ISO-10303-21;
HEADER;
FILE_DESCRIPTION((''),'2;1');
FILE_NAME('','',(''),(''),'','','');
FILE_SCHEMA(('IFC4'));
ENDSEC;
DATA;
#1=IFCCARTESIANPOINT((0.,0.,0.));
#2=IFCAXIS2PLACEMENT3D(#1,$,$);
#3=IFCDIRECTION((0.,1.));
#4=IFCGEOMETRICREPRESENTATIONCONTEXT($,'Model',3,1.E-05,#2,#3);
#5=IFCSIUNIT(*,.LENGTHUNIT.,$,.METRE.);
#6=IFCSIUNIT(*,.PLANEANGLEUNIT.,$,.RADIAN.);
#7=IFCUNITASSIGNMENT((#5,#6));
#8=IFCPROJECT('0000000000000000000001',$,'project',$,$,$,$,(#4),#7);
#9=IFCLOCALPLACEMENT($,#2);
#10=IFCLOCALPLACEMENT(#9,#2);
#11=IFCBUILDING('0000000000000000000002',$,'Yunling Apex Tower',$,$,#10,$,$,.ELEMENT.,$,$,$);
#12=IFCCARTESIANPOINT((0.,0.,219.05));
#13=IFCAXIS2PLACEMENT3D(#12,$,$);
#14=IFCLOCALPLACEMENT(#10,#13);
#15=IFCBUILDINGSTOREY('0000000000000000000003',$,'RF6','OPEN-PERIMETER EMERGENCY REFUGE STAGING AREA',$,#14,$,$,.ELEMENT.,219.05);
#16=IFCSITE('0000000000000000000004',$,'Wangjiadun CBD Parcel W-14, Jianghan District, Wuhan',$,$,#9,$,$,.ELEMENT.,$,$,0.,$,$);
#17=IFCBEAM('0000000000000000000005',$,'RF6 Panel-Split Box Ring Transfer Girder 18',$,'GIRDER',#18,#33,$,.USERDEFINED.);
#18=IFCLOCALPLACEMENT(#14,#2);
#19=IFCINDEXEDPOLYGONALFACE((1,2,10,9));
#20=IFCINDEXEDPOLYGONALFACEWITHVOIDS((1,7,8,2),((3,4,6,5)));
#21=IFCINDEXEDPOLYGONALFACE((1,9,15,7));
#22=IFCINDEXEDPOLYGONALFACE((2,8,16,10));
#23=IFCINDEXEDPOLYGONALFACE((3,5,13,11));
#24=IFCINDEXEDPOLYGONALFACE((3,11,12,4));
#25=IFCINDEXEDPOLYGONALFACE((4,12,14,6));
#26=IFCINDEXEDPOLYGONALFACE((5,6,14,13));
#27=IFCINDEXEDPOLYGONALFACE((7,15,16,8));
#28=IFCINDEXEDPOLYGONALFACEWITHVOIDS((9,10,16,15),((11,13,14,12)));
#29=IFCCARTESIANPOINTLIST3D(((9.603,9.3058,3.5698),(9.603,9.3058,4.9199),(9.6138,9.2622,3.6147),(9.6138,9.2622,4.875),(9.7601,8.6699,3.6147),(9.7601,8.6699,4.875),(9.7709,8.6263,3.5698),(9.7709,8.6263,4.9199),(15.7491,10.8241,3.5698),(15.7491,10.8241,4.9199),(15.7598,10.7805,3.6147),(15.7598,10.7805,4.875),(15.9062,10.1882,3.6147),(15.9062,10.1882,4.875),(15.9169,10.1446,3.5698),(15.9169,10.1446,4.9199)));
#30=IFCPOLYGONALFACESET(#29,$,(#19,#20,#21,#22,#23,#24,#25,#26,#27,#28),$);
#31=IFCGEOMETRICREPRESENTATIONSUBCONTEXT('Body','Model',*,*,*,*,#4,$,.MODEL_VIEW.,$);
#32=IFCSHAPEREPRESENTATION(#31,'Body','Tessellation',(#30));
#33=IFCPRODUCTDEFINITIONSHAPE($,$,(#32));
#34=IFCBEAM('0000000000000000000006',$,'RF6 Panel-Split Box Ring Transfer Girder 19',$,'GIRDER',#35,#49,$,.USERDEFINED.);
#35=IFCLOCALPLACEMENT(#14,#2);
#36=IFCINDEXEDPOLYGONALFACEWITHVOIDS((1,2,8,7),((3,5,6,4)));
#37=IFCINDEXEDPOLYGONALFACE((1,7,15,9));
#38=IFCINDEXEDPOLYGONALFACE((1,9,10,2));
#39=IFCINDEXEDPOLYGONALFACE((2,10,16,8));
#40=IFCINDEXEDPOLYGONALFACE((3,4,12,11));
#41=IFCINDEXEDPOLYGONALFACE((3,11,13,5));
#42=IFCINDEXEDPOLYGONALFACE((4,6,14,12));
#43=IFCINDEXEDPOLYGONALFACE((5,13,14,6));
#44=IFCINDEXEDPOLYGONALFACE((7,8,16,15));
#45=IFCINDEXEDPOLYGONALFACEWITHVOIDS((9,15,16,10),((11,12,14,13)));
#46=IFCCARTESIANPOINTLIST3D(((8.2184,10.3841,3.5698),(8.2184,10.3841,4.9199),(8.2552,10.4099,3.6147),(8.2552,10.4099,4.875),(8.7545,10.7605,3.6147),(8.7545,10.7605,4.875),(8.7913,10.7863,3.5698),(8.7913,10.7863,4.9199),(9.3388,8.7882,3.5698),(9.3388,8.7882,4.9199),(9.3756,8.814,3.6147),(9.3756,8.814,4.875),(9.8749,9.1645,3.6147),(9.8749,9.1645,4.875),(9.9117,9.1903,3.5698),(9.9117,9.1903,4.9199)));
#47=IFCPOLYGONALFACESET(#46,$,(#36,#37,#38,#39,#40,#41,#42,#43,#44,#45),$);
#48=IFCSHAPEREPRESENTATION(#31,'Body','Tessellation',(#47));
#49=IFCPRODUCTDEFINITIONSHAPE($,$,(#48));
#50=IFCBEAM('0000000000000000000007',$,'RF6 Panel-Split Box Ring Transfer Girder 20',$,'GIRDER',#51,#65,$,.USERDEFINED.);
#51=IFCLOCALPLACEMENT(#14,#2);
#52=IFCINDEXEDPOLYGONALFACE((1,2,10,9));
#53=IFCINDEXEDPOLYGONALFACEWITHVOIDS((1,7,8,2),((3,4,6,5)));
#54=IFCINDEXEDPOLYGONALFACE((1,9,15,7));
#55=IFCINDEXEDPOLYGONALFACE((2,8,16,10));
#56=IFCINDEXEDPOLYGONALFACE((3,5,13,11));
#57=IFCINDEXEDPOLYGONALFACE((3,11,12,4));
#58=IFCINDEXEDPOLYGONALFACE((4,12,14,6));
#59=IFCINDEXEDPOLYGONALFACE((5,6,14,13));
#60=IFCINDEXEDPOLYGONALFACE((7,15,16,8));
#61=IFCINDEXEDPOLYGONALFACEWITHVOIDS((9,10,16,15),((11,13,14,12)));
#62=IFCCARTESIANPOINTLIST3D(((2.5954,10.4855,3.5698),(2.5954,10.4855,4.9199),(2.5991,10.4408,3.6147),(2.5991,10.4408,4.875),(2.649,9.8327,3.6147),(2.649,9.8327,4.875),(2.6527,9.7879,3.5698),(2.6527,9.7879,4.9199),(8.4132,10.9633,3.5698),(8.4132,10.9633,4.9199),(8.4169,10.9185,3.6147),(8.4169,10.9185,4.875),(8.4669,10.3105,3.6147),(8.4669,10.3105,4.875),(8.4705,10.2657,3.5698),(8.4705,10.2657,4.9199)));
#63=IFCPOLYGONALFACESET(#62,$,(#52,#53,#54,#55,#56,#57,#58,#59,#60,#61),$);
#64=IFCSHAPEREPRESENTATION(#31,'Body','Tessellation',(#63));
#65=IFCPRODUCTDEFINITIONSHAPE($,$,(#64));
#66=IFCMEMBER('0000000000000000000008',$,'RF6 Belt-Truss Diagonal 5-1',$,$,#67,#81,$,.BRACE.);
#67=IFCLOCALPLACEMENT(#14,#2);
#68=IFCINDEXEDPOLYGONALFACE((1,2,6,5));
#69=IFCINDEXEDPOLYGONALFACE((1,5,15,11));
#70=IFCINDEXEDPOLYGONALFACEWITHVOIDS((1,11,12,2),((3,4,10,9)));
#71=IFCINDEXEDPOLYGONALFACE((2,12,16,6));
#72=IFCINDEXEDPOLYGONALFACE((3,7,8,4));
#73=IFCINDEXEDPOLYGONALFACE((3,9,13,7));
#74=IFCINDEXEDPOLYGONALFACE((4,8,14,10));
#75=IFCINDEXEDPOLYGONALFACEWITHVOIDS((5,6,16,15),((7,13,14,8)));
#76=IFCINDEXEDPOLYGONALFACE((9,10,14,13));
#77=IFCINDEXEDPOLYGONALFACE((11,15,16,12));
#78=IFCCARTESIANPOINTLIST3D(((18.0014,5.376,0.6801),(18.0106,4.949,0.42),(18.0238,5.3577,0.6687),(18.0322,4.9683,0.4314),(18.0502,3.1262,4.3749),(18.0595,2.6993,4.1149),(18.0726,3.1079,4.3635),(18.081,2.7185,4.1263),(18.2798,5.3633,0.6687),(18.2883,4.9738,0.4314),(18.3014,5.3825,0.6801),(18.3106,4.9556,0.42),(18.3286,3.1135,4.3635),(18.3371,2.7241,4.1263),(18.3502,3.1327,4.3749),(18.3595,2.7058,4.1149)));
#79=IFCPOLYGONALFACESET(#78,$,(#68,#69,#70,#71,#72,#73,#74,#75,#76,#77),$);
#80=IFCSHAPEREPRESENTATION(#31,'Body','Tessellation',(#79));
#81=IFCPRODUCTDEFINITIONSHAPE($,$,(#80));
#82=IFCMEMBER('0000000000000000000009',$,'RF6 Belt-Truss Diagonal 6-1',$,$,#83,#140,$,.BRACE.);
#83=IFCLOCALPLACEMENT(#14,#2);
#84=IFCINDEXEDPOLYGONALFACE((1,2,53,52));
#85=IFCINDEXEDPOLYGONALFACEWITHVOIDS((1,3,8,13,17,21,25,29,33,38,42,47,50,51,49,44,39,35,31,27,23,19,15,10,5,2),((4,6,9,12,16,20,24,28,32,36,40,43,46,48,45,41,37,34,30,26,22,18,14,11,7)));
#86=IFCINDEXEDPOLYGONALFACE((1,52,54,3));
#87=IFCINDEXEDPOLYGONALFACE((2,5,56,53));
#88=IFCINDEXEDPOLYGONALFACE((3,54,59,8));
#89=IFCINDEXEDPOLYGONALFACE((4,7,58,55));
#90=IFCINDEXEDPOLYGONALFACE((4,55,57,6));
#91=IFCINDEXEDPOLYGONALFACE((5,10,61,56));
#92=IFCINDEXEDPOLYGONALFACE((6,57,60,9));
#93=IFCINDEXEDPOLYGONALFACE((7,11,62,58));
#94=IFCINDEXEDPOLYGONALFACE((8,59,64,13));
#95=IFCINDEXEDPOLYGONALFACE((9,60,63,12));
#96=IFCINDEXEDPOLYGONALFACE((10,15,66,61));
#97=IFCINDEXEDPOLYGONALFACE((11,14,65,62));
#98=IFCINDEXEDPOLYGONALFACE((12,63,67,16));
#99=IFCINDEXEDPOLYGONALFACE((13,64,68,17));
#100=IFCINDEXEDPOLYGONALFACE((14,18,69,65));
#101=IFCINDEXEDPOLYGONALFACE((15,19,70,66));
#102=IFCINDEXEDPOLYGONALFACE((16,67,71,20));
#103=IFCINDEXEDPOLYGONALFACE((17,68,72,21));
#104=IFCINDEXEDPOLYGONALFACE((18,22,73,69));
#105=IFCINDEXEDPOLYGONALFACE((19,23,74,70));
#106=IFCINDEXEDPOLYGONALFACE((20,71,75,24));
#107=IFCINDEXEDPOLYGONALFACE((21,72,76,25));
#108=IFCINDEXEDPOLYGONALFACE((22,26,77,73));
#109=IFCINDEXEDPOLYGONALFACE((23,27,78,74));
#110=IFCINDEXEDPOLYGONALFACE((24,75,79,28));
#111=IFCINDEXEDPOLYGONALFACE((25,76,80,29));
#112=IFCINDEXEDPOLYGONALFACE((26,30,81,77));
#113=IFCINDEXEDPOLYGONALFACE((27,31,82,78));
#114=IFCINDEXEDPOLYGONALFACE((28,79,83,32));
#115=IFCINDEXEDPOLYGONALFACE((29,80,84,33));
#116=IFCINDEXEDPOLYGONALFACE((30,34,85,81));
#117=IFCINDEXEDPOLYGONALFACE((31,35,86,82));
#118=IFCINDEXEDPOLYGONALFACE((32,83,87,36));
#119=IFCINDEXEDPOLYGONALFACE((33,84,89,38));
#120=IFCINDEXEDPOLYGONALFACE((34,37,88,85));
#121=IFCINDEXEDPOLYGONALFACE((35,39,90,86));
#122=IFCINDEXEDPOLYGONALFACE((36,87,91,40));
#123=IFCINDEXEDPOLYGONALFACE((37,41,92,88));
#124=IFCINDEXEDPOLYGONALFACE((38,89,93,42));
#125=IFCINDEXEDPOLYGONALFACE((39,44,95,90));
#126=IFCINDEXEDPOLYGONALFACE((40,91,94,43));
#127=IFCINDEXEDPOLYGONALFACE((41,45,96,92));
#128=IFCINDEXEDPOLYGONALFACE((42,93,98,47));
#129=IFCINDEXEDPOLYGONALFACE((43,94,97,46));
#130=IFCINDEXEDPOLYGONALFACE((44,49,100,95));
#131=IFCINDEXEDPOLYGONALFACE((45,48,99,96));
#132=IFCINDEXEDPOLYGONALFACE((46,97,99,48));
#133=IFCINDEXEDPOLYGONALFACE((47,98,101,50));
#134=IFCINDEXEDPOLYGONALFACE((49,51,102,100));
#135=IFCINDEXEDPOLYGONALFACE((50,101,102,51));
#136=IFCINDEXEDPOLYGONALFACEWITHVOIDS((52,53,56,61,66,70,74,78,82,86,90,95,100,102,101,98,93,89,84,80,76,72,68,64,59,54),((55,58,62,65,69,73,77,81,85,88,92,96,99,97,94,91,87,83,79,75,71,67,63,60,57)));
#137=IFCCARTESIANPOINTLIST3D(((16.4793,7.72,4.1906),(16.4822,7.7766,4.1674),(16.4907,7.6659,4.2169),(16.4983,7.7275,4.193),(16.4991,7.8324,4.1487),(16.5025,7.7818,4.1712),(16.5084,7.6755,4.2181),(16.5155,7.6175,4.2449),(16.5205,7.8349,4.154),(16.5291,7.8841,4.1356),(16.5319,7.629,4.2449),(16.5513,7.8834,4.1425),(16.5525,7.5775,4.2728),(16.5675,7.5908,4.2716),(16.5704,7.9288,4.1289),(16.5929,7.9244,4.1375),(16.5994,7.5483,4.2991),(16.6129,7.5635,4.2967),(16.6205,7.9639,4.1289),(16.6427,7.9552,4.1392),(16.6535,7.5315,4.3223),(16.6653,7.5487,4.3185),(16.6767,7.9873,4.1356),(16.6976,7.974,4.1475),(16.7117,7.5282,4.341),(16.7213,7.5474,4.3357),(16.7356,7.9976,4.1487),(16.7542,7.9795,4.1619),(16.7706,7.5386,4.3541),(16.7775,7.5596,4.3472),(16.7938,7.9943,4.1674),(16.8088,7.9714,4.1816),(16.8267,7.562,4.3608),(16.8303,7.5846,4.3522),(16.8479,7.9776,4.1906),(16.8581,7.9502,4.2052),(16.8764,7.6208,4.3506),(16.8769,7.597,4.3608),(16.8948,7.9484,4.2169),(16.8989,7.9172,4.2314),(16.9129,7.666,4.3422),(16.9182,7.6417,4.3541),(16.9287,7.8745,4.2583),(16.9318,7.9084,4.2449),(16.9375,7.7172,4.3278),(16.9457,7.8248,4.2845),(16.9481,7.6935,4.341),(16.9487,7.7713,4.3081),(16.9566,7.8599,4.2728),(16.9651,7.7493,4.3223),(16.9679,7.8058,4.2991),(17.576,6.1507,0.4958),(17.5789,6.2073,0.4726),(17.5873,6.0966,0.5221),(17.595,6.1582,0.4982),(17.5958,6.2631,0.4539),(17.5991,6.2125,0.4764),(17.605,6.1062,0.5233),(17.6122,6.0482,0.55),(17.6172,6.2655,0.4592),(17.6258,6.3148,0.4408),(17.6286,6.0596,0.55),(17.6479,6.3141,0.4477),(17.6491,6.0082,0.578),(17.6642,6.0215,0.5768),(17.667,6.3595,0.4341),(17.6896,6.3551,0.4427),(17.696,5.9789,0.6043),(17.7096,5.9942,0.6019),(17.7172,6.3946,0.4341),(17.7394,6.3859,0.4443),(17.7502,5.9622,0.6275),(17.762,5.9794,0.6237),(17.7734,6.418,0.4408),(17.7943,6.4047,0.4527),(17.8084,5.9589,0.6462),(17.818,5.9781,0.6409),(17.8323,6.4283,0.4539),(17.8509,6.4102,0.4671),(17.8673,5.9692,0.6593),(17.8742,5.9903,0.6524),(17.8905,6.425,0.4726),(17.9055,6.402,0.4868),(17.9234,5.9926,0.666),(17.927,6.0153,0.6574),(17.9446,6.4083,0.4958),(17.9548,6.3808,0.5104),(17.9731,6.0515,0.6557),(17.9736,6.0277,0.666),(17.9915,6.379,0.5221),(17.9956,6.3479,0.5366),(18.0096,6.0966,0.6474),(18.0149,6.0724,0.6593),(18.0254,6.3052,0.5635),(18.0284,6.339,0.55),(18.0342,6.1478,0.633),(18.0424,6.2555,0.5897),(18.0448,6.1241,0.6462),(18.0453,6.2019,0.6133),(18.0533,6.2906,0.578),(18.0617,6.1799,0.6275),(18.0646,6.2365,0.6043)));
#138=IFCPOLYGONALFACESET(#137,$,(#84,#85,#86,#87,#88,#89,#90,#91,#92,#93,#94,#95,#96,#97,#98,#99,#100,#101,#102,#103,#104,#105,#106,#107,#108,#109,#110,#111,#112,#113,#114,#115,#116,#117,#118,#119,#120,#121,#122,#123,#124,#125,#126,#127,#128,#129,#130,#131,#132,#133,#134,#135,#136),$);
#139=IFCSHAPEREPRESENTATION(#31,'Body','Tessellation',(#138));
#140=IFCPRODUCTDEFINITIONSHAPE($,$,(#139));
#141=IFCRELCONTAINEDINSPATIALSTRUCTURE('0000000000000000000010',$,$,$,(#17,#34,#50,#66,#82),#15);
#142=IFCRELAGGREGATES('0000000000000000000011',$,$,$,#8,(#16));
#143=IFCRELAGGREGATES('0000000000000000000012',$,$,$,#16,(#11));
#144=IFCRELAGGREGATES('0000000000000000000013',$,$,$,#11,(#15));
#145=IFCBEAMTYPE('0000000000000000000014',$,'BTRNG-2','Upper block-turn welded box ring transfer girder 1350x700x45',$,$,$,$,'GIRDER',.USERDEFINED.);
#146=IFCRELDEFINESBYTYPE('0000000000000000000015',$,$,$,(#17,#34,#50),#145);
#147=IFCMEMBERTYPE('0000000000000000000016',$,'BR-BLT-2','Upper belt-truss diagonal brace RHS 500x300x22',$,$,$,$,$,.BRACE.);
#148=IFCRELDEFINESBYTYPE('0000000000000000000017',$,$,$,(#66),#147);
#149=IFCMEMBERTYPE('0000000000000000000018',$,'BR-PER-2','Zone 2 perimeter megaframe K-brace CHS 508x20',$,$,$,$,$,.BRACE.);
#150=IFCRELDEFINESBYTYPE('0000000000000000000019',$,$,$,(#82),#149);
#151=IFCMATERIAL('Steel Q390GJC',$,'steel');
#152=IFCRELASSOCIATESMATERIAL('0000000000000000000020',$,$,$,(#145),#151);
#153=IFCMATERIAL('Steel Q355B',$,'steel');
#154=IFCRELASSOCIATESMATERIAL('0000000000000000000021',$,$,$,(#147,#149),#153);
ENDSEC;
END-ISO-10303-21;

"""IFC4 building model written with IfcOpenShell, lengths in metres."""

from ifc_helpers import new_model, si_unit, direction, frame, origin, origin_2d, place, context, subcontext, project, spatial, hollow_rectangle, hollow_circle, extrude, source, transform, mapped, material, material_profile, profile_set, type_object, element, save


model = new_model("IFC4")

# Units and contexts
model_context = context("Model", 3, precision=1e-05, world=origin(), true_north=direction((0.0, 1.0)))
body_context = subcontext(model_context, "Body", "Model", "MODEL_VIEW")
ifc_project = project(units=[si_unit("LENGTHUNIT", "METRE"), si_unit("PLANEANGLEUNIT", "RADIAN")], contexts=[model_context])

# Site, building, storey
site_placement = place(None, origin())
site = spatial("IfcSite", under=ifc_project, at=site_placement, Name="Wangjiadun CBD Parcel W-14, Jianghan District, Wuhan", CompositionType="ELEMENT", RefElevation=0.0)
building_placement = place(site_placement, origin())
building = spatial("IfcBuilding", under=site, at=building_placement, Name="Yunling Apex Tower", CompositionType="ELEMENT")
storey_placement = place(building_placement, frame((0.0, 0.0, 219.05)))
storey = spatial("IfcBuildingStorey", under=building, at=storey_placement, Name="RF6", Description="OPEN-PERIMETER EMERGENCY REFUGE STAGING AREA", CompositionType="ELEMENT", Elevation=219.05)

# Shared definitions
ifc_material_1 = material(Name="Steel Q390GJC", Category="steel")

# Shared definitions
ifc_material_2 = material(Name="Steel Q355B", Category="steel")

# Beams
ifc_material_profile_1 = material_profile(ifc_material_1, hollow_rectangle(XDim=0.7, YDim=1.3501, WallThickness=0.0449, at=origin_2d()))
ifc_profile_set_1 = profile_set([ifc_material_profile_1], Name="Steel Q390GJC")
beam_type = type_object("IfcBeamType", Name="BTRNG-2", Description="Upper block-turn welded box ring transfer girder 1350x700x45", ElementType="GIRDER", PredefinedType="USERDEFINED", material=ifc_profile_set_1)
shared_shape_1 = source(origin(), body_context, "Body", "SweptSolid", [
    extrude(hollow_rectangle(XDim=0.7, YDim=1.3501, WallThickness=0.0449, at=origin_2d()), origin(), (0.0, 0.0, 1.0), 6.3308),
])
beam_1_placement = place(storey_placement, frame((15.833, 10.4844, 4.2449), z_axis=(-0.970815, -0.239831, 0.0), x_axis=(0.239831, -0.970815, 0.0)))
element("IfcBeam", 1, at=beam_1_placement, inside=storey, type_object=beam_type, Name="RF6 Panel-Split Box Ring Transfer Girder 18", ObjectType="GIRDER", PredefinedType="USERDEFINED", context=body_context, shape_type="MappedRepresentation", body=[
    mapped(shared_shape_1, transform((0.0, 0.0, 0.0), scale=1.0)),
])
shared_shape_2 = source(origin(), body_context, "Body", "SweptSolid", [
    extrude(hollow_rectangle(XDim=0.7, YDim=1.3501, WallThickness=0.0449, at=origin_2d()), origin(), (0.0, 0.0, 1.0), 1.95),
])
beam_2_placement = place(storey_placement, frame((9.6252, 8.9893, 4.2449), z_axis=(-0.574563, 0.818461, 0.0), x_axis=(-0.818461, -0.574563, 0.0)))
element("IfcBeam", 2, at=beam_2_placement, inside=storey, type_object=beam_type, Name="RF6 Panel-Split Box Ring Transfer Girder 19", ObjectType="GIRDER", PredefinedType="USERDEFINED", context=body_context, shape_type="MappedRepresentation", body=[
    mapped(shared_shape_2, transform((0.0, 0.0, 0.0), scale=1.0)),
])
shared_shape_3 = source(origin(), body_context, "Body", "SweptSolid", [
    extrude(hollow_rectangle(XDim=0.7, YDim=1.3501, WallThickness=0.0449, at=origin_2d()), origin(), (0.0, 0.0, 1.0), 5.8374),
])
beam_3_placement = place(storey_placement, frame((8.4419, 10.6145, 4.2449), z_axis=(-0.996645, -0.081848, 0.0), x_axis=(0.081848, -0.996645, 0.0)))
element("IfcBeam", 3, at=beam_3_placement, inside=storey, type_object=beam_type, Name="RF6 Panel-Split Box Ring Transfer Girder 20", ObjectType="GIRDER", PredefinedType="USERDEFINED", context=body_context, shape_type="MappedRepresentation", body=[
    mapped(shared_shape_3, transform((0.0, 0.0, 0.0), scale=1.0)),
])

# Members
ifc_material_profile_2 = material_profile(ifc_material_2, hollow_rectangle(XDim=0.3, YDim=0.5, WallThickness=0.022, at=origin_2d()))
ifc_profile_set_2 = profile_set([ifc_material_profile_2], Name="Steel Q355B")
member_type_1 = type_object("IfcMemberType", Name="BR-BLT-2", Description="Upper belt-truss diagonal brace RHS 500x300x22", PredefinedType="BRACE", material=ifc_profile_set_2)
shared_shape_4 = source(origin(), body_context, "Body", "SweptSolid", [
    extrude(hollow_rectangle(XDim=0.3, YDim=0.5, WallThickness=0.022, at=origin_2d()), origin(), (0.0, 0.0, 1.0), 4.3262),
])
member_1_placement = place(storey_placement, frame((18.156, 5.1658, 0.55), z_axis=(0.011287, -0.520037, 0.854069), x_axis=(0.999765, 0.021699, 0.0)))
element("IfcMember", 4, at=member_1_placement, inside=storey, type_object=member_type_1, Name="RF6 Belt-Truss Diagonal 5-1", PredefinedType="BRACE", context=body_context, shape_type="MappedRepresentation", body=[
    mapped(shared_shape_4, transform((0.0, 0.0, 0.0), scale=1.0)),
])
ifc_material_profile_3 = material_profile(ifc_material_2, hollow_circle(Radius=0.2539, WallThickness=0.02, at=origin_2d()))
ifc_profile_set_3 = profile_set([ifc_material_profile_3], Name="Steel Q355B")
member_type_2 = type_object("IfcMemberType", Name="BR-PER-2", Description="Zone 2 perimeter megaframe K-brace CHS 508x20", PredefinedType="BRACE", material=ifc_profile_set_3)
shared_shape_5 = source(origin(), body_context, "Body", "SweptSolid", [
    extrude(hollow_circle(Radius=0.2539, WallThickness=0.02, at=origin_2d()), origin(), (0.0, 0.0, 1.0), 4.1614),
])
member_2_placement = place(storey_placement, frame((17.8203, 6.1936, 0.55), z_axis=(-0.263536, 0.377117, 0.88788), x_axis=(-0.819687, -0.572812, 0.0)))
element("IfcMember", 5, at=member_2_placement, inside=storey, type_object=member_type_2, Name="RF6 Belt-Truss Diagonal 6-1", PredefinedType="BRACE", context=body_context, shape_type="MappedRepresentation", body=[
    mapped(shared_shape_5, transform((0.0, 0.0, 0.0), scale=1.0)),
])

save(model, "model.ifc")
